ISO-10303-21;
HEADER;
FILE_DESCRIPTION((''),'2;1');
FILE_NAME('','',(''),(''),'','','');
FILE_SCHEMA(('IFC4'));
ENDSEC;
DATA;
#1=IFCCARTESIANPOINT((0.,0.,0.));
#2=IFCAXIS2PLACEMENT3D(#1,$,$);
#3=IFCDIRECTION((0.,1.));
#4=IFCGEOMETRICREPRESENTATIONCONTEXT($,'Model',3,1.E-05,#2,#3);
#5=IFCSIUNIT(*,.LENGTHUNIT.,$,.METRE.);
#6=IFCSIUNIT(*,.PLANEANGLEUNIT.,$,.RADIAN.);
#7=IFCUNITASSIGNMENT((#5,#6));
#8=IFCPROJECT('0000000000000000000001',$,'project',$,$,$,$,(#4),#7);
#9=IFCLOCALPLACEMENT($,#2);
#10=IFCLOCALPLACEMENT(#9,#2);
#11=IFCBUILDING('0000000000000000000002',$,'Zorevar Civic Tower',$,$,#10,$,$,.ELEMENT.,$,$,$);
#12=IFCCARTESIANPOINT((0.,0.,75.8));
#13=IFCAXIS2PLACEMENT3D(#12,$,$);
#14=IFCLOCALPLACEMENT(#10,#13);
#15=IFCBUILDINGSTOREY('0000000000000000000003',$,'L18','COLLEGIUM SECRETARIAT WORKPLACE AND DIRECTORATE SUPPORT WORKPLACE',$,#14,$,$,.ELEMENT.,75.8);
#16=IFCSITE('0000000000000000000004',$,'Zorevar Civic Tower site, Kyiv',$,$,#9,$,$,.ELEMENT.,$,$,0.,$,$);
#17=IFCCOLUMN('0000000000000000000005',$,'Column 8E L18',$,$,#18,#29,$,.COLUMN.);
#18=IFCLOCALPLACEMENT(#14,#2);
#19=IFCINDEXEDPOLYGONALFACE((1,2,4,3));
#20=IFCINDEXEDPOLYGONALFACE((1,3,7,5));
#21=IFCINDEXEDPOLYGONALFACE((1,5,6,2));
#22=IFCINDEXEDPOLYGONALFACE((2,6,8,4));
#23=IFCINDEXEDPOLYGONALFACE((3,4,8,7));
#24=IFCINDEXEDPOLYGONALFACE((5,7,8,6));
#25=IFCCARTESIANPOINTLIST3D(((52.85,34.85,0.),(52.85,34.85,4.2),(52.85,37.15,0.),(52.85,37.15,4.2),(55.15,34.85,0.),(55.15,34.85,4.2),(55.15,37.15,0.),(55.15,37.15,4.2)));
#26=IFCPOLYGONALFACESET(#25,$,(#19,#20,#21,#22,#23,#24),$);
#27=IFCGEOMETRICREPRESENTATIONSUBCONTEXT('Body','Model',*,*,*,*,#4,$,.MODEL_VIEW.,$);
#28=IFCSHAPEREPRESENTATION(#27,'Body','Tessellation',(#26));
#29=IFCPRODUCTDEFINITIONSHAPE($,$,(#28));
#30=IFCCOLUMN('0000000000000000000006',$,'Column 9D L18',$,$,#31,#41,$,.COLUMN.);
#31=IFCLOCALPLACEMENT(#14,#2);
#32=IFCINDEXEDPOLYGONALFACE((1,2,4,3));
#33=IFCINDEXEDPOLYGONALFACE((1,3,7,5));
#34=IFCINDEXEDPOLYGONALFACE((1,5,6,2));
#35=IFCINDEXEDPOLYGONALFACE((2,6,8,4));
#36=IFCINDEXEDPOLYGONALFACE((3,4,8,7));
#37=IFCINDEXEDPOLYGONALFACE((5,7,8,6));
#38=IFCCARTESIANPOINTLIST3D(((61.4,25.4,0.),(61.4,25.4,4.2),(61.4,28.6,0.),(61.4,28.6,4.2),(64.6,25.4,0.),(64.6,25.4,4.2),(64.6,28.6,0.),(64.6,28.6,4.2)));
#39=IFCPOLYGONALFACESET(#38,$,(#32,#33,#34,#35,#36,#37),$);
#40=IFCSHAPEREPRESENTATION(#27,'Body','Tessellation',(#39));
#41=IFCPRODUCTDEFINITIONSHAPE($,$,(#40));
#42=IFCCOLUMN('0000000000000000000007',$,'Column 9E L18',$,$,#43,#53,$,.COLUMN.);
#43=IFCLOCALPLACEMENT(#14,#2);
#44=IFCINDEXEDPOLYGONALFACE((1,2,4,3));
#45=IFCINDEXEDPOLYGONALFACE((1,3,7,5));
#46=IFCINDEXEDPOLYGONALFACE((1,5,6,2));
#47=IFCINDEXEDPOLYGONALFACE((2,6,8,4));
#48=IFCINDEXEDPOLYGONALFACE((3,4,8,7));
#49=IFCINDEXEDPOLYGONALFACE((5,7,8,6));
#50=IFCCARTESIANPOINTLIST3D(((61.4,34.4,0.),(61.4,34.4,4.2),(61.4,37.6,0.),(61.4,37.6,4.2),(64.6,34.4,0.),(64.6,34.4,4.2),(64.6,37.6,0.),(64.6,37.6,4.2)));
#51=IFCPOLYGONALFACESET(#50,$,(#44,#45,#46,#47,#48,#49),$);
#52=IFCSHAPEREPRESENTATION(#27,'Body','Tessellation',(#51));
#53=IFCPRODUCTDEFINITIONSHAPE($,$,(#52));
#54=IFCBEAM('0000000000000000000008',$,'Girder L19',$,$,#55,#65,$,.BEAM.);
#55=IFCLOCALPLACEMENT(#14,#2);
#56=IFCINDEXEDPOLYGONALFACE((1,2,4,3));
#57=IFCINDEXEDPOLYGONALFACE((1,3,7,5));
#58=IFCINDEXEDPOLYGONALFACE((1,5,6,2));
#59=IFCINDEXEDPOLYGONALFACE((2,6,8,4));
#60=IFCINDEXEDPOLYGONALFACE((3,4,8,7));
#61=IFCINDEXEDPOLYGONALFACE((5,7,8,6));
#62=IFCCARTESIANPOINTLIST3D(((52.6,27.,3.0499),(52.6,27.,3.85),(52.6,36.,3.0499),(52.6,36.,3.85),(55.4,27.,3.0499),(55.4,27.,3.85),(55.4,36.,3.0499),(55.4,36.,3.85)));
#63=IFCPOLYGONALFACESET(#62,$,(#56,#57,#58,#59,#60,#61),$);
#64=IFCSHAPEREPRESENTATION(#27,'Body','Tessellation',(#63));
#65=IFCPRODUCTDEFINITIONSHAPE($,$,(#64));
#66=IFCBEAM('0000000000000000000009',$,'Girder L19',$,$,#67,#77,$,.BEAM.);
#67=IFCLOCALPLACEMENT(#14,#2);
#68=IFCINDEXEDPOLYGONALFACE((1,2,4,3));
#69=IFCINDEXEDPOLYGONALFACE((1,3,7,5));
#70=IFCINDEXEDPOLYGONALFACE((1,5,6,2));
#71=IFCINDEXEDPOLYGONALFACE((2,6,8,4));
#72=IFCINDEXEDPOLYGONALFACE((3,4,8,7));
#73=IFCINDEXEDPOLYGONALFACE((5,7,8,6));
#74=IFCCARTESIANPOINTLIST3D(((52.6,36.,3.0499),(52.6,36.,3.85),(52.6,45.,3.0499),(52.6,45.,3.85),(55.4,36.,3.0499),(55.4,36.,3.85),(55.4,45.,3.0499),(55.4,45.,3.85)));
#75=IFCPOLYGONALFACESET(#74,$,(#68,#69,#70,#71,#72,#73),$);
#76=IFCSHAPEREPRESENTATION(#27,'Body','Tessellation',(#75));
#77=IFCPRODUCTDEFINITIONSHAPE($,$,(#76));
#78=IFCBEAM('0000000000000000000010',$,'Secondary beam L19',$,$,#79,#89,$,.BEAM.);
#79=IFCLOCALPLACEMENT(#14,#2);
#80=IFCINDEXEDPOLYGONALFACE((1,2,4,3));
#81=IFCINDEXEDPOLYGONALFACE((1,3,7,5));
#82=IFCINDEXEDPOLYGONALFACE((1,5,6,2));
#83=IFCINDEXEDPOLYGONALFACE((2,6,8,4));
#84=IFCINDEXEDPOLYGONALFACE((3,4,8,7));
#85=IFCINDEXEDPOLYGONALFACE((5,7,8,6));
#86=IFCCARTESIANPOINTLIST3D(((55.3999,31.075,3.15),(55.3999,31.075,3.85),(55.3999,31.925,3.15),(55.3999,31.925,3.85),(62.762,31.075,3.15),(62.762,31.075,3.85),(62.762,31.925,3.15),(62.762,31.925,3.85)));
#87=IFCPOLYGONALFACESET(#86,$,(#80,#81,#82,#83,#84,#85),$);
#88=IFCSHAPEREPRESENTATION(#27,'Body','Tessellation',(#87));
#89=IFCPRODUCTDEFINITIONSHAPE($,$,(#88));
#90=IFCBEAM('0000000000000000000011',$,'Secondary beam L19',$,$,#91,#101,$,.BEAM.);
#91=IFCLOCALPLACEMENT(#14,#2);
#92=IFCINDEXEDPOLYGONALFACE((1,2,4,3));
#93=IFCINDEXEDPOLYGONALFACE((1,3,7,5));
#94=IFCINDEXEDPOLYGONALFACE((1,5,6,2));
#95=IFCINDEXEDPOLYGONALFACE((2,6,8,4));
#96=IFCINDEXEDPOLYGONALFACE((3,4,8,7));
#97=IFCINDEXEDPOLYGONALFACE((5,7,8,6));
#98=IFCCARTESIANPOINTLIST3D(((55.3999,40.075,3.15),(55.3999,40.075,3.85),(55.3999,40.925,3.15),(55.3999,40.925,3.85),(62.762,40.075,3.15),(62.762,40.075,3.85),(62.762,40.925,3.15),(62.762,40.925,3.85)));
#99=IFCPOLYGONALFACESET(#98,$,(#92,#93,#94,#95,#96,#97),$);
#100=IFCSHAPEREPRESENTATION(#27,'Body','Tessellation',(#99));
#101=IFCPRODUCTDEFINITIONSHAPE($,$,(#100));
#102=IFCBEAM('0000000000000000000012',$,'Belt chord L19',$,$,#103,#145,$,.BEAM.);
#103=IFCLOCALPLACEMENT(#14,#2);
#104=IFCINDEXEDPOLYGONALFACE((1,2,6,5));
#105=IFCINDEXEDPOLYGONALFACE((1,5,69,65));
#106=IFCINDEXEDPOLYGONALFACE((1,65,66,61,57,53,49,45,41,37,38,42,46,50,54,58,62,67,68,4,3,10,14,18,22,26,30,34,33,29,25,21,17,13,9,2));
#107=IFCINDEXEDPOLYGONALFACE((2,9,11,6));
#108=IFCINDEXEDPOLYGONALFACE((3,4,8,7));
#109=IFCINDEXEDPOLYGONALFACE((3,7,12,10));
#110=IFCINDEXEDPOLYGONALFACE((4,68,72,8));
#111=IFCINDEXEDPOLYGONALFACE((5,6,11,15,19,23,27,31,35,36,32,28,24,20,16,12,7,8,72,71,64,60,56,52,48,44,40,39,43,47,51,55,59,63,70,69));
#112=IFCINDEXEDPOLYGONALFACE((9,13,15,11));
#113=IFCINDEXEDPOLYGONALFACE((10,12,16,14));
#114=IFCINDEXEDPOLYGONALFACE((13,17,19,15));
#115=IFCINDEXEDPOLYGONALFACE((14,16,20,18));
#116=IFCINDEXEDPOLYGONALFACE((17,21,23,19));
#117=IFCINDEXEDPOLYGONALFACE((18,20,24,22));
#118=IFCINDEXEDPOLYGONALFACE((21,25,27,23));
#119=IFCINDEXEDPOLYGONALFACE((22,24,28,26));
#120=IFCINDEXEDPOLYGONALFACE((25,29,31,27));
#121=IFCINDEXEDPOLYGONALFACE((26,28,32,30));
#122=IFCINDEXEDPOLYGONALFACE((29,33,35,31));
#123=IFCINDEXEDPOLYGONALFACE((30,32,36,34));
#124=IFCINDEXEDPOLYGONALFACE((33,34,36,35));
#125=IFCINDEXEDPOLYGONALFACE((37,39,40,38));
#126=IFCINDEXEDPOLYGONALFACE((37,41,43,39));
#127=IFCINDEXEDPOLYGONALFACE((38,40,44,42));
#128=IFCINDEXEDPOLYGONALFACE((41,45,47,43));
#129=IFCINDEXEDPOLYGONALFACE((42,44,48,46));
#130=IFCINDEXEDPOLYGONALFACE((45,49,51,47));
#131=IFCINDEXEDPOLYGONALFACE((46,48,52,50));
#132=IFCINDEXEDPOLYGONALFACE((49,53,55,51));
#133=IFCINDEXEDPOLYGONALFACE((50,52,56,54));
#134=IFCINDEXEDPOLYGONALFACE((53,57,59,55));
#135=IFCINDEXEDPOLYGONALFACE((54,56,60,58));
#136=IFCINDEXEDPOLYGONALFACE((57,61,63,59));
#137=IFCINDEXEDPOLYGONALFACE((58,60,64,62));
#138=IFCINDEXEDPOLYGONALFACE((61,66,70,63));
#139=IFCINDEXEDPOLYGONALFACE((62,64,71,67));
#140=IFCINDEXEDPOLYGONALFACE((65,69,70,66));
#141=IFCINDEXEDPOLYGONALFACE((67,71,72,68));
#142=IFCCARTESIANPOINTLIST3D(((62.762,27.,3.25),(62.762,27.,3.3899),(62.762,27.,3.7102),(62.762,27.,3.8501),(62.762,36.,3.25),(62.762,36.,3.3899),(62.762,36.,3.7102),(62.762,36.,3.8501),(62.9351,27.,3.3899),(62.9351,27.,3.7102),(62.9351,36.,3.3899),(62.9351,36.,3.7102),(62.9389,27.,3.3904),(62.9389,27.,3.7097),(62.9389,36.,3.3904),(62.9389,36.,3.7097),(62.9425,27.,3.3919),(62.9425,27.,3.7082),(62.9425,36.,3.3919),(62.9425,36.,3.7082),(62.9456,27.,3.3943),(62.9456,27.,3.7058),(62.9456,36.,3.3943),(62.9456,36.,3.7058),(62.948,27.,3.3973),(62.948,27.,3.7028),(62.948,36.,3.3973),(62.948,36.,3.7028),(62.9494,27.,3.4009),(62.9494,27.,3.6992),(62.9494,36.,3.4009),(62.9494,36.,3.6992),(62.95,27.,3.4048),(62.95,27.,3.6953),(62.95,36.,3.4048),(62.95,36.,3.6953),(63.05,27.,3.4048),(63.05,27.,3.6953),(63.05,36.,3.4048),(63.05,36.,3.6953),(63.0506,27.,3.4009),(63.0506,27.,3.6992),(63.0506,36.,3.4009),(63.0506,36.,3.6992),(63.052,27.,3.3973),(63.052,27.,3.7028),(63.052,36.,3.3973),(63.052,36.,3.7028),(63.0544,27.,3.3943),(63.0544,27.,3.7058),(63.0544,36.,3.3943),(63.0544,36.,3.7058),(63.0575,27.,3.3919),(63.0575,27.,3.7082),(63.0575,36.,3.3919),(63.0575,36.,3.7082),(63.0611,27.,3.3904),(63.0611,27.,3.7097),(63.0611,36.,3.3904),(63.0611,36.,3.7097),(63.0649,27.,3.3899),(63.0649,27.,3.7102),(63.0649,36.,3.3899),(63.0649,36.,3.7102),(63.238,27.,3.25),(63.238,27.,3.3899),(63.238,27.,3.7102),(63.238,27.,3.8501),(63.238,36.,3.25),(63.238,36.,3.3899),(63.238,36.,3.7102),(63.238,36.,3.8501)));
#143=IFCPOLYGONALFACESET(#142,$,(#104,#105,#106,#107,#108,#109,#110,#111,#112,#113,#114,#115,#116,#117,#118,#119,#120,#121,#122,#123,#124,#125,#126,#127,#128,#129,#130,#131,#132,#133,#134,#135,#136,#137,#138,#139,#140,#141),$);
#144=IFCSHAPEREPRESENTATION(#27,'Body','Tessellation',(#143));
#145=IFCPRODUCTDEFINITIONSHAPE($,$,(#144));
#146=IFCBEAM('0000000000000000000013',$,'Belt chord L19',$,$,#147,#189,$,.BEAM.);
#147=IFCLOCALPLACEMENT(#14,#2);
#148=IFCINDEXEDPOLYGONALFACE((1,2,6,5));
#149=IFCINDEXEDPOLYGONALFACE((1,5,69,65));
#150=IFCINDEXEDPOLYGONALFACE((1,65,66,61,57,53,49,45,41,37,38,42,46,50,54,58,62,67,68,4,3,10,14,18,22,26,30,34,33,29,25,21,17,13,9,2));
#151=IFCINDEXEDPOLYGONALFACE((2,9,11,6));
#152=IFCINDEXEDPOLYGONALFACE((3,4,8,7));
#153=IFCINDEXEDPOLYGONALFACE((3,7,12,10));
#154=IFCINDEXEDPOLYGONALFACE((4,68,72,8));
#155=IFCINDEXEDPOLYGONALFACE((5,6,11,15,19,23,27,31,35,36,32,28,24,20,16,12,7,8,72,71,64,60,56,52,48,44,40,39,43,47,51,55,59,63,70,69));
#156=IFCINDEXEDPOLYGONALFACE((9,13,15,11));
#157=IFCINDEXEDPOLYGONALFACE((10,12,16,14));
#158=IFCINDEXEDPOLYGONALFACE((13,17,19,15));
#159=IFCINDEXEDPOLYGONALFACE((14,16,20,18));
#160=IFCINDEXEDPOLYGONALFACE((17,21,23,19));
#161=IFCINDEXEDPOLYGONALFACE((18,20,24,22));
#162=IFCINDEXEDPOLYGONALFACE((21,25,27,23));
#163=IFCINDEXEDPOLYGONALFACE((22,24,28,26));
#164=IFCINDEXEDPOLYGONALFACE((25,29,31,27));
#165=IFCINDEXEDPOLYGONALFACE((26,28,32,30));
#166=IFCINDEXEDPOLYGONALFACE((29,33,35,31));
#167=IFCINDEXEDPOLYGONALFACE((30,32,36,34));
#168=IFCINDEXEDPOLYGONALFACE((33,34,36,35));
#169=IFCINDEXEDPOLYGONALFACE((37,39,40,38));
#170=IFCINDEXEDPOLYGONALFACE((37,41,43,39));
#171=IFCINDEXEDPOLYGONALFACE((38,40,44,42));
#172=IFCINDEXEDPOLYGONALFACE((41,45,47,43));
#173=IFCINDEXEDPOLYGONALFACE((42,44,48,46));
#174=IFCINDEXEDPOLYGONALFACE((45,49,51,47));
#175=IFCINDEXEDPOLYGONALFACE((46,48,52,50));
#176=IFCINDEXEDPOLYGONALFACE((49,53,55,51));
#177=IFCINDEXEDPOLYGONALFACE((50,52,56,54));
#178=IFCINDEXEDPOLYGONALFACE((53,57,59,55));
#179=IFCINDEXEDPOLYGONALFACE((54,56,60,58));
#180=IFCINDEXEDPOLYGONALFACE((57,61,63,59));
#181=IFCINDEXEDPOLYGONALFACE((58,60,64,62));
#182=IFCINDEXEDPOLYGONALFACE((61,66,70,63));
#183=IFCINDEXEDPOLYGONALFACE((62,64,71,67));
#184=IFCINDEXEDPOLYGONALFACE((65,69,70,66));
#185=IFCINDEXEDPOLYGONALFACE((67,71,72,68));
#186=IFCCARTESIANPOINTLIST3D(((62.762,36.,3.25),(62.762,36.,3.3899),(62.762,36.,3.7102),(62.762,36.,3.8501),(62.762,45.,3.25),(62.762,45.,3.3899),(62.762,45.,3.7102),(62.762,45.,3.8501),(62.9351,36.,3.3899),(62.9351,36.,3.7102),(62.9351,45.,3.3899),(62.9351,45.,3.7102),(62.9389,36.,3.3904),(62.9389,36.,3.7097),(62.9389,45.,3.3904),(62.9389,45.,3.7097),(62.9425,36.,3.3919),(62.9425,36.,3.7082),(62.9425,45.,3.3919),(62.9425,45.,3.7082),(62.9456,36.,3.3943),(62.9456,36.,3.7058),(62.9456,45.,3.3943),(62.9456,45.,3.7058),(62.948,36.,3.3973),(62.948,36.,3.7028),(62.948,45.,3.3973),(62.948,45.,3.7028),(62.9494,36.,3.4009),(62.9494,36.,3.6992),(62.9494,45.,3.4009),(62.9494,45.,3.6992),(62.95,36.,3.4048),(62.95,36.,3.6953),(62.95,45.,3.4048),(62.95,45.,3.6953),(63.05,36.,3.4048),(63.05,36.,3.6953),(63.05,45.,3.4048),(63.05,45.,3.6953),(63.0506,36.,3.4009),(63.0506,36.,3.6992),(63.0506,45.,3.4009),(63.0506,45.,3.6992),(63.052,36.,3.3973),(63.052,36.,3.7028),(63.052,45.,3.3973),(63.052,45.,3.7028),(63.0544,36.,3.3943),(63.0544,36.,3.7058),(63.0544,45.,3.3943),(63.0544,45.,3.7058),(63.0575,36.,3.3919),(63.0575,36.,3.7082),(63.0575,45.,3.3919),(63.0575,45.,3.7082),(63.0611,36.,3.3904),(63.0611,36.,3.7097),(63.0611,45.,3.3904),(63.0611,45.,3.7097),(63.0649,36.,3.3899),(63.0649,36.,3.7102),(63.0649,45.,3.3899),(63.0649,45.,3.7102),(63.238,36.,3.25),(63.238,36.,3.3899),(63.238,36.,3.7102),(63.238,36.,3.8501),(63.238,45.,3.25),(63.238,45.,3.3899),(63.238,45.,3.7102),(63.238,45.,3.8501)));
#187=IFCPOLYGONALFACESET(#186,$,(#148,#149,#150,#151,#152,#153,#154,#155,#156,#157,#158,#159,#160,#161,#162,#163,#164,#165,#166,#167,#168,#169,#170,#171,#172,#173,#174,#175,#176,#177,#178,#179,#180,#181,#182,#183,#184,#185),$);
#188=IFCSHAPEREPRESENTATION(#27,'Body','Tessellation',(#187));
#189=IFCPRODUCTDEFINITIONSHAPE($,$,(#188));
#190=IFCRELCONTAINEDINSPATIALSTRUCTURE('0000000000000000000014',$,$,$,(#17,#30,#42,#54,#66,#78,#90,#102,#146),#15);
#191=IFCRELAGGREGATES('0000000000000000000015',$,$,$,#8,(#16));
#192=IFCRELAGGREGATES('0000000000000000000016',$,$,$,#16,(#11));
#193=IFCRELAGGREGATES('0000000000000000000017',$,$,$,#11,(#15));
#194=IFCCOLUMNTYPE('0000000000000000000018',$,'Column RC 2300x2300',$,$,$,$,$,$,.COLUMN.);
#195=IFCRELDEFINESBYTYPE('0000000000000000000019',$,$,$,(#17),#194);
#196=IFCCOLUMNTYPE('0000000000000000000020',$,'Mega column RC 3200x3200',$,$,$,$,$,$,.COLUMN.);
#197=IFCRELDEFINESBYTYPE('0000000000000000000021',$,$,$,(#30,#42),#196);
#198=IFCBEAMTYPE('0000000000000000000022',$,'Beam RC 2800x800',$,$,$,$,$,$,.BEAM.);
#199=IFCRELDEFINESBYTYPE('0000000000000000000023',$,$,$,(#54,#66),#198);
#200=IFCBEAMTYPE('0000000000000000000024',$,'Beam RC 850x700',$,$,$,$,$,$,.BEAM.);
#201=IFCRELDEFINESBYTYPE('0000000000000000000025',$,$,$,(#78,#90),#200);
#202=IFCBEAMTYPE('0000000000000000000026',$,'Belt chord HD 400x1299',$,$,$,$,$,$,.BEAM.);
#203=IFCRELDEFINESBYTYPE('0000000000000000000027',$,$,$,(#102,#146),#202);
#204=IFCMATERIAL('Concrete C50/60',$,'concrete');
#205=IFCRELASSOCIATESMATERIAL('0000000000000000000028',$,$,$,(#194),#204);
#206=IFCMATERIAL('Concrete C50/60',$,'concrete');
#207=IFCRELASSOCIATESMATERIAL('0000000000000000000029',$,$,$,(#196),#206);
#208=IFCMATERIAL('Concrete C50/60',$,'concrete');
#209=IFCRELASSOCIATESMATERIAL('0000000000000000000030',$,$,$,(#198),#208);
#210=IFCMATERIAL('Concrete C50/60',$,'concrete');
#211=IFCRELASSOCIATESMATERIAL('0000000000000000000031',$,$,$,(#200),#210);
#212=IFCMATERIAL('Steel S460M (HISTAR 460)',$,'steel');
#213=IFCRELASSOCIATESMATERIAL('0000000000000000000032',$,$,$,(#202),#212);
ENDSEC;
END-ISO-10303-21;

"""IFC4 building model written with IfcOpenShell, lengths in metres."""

from ifc_helpers import new_model, si_unit, direction, frame, origin, origin_2d, place, context, subcontext, project, spatial, rectangle, i_section, extrude, material, material_profile, profile_set, type_object, element, save


model = new_model("IFC4")

# Units and contexts
model_context = context("Model", 3, precision=1e-05, world=origin(), true_north=direction((0.0, 1.0)))
body_context = subcontext(model_context, "Body", "Model", "MODEL_VIEW")
ifc_project = project(units=[si_unit("LENGTHUNIT", "METRE"), si_unit("PLANEANGLEUNIT", "RADIAN")], contexts=[model_context])

# Site, building, storey
site_placement = place(None, origin())
site = spatial("IfcSite", under=ifc_project, at=site_placement, Name="Zorevar Civic Tower site, Kyiv", CompositionType="ELEMENT", RefElevation=0.0)
building_placement = place(site_placement, origin())
building = spatial("IfcBuilding", under=site, at=building_placement, Name="Zorevar Civic Tower", CompositionType="ELEMENT")
storey_placement = place(building_placement, frame((0.0, 0.0, 75.8)))
storey = spatial("IfcBuildingStorey", under=building, at=storey_placement, Name="L18", Description="COLLEGIUM SECRETARIAT WORKPLACE AND DIRECTORATE SUPPORT WORKPLACE", CompositionType="ELEMENT", Elevation=75.8)

# Columns
ifc_material_1 = material(Name="Concrete C50/60", Category="concrete")
ifc_material_profile_1 = material_profile(ifc_material_1, rectangle(XDim=2.3, YDim=2.3, at=origin_2d()), Name="RC 2300x2300")
ifc_profile_set_1 = profile_set([ifc_material_profile_1], Name="Concrete C50/60")
column_type_1 = type_object("IfcColumnType", Name="Column RC 2300x2300", PredefinedType="COLUMN", material=ifc_profile_set_1)
column_placement = place(storey_placement, frame((54.0, 36.0, 0.0), z_axis=(0.0, 0.0, 1.0), x_axis=(1.0, 0.0, 0.0)))
element("IfcColumn", 1, at=column_placement, inside=storey, type_object=column_type_1, Name="Column 8E L18", PredefinedType="COLUMN", context=body_context, shape_type="SweptSolid", body=[
    extrude(rectangle(XDim=2.3, YDim=2.3, at=origin_2d()), origin(), (0.0, 0.0, 1.0), 4.2),
])
ifc_material_2 = material(Name="Concrete C50/60", Category="concrete")
ifc_material_profile_2 = material_profile(ifc_material_2, rectangle(XDim=3.2, YDim=3.2, at=origin_2d()), Name="RC 3200x3200")
ifc_profile_set_2 = profile_set([ifc_material_profile_2], Name="Concrete C50/60")
column_type_2 = type_object("IfcColumnType", Name="Mega column RC 3200x3200", PredefinedType="COLUMN", material=ifc_profile_set_2)
for number, where, z_axis, x_axis, name in (
    (2, (63.0, 27.0, 0.0), (0.0, 0.0, 1.0), (1.0, 0.0, 0.0), "Column 9D L18"),
    (3, (63.0, 36.0, 0.0), (0.0, 0.0, 1.0), (1.0, 0.0, 0.0), "Column 9E L18"),
):
    element("IfcColumn", number, at=place(storey_placement, frame(where, z_axis=z_axis, x_axis=x_axis)), inside=storey, type_object=column_type_2, Name=name, PredefinedType="COLUMN", context=body_context, shape_type="SweptSolid", body=[
        extrude(rectangle(XDim=3.2, YDim=3.2, at=origin_2d()), origin(), (0.0, 0.0, 1.0), 4.2),
    ])

# Beams
ifc_material_3 = material(Name="Concrete C50/60", Category="concrete")
ifc_material_profile_3 = material_profile(ifc_material_3, rectangle(XDim=2.8, YDim=0.8, at=origin_2d()), Name="RC 2800x800")
ifc_profile_set_3 = profile_set([ifc_material_profile_3], Name="Concrete C50/60")
beam_type_1 = type_object("IfcBeamType", Name="Beam RC 2800x800", PredefinedType="BEAM", material=ifc_profile_set_3)
for number, where, z_axis, x_axis, name in (
    (4, (54.0, 27.0, 3.45), (0.0, 1.0, 0.0), (-1.0, 0.0, 0.0), "Girder L19"),
    (5, (54.0, 36.0, 3.45), (0.0, 1.0, 0.0), (-1.0, 0.0, 0.0), "Girder L19"),
):
    element("IfcBeam", number, at=place(storey_placement, frame(where, z_axis=z_axis, x_axis=x_axis)), inside=storey, type_object=beam_type_1, Name=name, PredefinedType="BEAM", context=body_context, shape_type="SweptSolid", body=[
        extrude(rectangle(XDim=2.8, YDim=0.8, at=origin_2d()), origin(), (0.0, 0.0, 1.0), 9.0),
    ])
ifc_material_4 = material(Name="Concrete C50/60", Category="concrete")
ifc_material_profile_4 = material_profile(ifc_material_4, rectangle(XDim=0.8501, YDim=0.7, at=origin_2d()), Name="RC 850x700")
ifc_profile_set_4 = profile_set([ifc_material_profile_4], Name="Concrete C50/60")
beam_type_2 = type_object("IfcBeamType", Name="Beam RC 850x700", PredefinedType="BEAM", material=ifc_profile_set_4)
for number, where, z_axis, x_axis, name in (
    (6, (55.3999, 31.5, 3.5), (1.0, 0.0, 0.0), (0.0, 1.0, 0.0), "Secondary beam L19"),
    (7, (55.3999, 40.5, 3.5), (1.0, 0.0, 0.0), (0.0, 1.0, 0.0), "Secondary beam L19"),
):
    element("IfcBeam", number, at=place(storey_placement, frame(where, z_axis=z_axis, x_axis=x_axis)), inside=storey, type_object=beam_type_2, Name=name, PredefinedType="BEAM", context=body_context, shape_type="SweptSolid", body=[
        extrude(rectangle(XDim=0.8501, YDim=0.7, at=origin_2d()), origin(), (0.0, 0.0, 1.0), 7.3621),
    ])
ifc_material_5 = material(Name="Steel S460M (HISTAR 460)", Category="steel")
ifc_material_profile_5 = material_profile(ifc_material_5, i_section(OverallWidth=0.4761, OverallDepth=0.6001, WebThickness=0.1001, FlangeThickness=0.1399, FilletRadius=0.0149, at=origin_2d()), Name="HD 400x1299")
ifc_profile_set_5 = profile_set([ifc_material_profile_5], Name="Steel S460M (HISTAR 460)")
beam_type_3 = type_object("IfcBeamType", Name="Belt chord HD 400x1299", PredefinedType="BEAM", material=ifc_profile_set_5)
for number, where, z_axis, x_axis, name in (
    (8, (63.0, 27.0, 3.55), (0.0, 1.0, 0.0), (-1.0, 0.0, 0.0), "Belt chord L19"),
    (9, (63.0, 36.0, 3.55), (0.0, 1.0, 0.0), (-1.0, 0.0, 0.0), "Belt chord L19"),
):
    element("IfcBeam", number, at=place(storey_placement, frame(where, z_axis=z_axis, x_axis=x_axis)), inside=storey, type_object=beam_type_3, Name=name, PredefinedType="BEAM", context=body_context, shape_type="SweptSolid", body=[
        extrude(i_section(OverallWidth=0.4761, OverallDepth=0.6001, WebThickness=0.1001, FlangeThickness=0.1399, FilletRadius=0.0149, at=origin_2d()), origin(), (0.0, 0.0, 1.0), 9.0),
    ])

save(model, "model.ifc")
